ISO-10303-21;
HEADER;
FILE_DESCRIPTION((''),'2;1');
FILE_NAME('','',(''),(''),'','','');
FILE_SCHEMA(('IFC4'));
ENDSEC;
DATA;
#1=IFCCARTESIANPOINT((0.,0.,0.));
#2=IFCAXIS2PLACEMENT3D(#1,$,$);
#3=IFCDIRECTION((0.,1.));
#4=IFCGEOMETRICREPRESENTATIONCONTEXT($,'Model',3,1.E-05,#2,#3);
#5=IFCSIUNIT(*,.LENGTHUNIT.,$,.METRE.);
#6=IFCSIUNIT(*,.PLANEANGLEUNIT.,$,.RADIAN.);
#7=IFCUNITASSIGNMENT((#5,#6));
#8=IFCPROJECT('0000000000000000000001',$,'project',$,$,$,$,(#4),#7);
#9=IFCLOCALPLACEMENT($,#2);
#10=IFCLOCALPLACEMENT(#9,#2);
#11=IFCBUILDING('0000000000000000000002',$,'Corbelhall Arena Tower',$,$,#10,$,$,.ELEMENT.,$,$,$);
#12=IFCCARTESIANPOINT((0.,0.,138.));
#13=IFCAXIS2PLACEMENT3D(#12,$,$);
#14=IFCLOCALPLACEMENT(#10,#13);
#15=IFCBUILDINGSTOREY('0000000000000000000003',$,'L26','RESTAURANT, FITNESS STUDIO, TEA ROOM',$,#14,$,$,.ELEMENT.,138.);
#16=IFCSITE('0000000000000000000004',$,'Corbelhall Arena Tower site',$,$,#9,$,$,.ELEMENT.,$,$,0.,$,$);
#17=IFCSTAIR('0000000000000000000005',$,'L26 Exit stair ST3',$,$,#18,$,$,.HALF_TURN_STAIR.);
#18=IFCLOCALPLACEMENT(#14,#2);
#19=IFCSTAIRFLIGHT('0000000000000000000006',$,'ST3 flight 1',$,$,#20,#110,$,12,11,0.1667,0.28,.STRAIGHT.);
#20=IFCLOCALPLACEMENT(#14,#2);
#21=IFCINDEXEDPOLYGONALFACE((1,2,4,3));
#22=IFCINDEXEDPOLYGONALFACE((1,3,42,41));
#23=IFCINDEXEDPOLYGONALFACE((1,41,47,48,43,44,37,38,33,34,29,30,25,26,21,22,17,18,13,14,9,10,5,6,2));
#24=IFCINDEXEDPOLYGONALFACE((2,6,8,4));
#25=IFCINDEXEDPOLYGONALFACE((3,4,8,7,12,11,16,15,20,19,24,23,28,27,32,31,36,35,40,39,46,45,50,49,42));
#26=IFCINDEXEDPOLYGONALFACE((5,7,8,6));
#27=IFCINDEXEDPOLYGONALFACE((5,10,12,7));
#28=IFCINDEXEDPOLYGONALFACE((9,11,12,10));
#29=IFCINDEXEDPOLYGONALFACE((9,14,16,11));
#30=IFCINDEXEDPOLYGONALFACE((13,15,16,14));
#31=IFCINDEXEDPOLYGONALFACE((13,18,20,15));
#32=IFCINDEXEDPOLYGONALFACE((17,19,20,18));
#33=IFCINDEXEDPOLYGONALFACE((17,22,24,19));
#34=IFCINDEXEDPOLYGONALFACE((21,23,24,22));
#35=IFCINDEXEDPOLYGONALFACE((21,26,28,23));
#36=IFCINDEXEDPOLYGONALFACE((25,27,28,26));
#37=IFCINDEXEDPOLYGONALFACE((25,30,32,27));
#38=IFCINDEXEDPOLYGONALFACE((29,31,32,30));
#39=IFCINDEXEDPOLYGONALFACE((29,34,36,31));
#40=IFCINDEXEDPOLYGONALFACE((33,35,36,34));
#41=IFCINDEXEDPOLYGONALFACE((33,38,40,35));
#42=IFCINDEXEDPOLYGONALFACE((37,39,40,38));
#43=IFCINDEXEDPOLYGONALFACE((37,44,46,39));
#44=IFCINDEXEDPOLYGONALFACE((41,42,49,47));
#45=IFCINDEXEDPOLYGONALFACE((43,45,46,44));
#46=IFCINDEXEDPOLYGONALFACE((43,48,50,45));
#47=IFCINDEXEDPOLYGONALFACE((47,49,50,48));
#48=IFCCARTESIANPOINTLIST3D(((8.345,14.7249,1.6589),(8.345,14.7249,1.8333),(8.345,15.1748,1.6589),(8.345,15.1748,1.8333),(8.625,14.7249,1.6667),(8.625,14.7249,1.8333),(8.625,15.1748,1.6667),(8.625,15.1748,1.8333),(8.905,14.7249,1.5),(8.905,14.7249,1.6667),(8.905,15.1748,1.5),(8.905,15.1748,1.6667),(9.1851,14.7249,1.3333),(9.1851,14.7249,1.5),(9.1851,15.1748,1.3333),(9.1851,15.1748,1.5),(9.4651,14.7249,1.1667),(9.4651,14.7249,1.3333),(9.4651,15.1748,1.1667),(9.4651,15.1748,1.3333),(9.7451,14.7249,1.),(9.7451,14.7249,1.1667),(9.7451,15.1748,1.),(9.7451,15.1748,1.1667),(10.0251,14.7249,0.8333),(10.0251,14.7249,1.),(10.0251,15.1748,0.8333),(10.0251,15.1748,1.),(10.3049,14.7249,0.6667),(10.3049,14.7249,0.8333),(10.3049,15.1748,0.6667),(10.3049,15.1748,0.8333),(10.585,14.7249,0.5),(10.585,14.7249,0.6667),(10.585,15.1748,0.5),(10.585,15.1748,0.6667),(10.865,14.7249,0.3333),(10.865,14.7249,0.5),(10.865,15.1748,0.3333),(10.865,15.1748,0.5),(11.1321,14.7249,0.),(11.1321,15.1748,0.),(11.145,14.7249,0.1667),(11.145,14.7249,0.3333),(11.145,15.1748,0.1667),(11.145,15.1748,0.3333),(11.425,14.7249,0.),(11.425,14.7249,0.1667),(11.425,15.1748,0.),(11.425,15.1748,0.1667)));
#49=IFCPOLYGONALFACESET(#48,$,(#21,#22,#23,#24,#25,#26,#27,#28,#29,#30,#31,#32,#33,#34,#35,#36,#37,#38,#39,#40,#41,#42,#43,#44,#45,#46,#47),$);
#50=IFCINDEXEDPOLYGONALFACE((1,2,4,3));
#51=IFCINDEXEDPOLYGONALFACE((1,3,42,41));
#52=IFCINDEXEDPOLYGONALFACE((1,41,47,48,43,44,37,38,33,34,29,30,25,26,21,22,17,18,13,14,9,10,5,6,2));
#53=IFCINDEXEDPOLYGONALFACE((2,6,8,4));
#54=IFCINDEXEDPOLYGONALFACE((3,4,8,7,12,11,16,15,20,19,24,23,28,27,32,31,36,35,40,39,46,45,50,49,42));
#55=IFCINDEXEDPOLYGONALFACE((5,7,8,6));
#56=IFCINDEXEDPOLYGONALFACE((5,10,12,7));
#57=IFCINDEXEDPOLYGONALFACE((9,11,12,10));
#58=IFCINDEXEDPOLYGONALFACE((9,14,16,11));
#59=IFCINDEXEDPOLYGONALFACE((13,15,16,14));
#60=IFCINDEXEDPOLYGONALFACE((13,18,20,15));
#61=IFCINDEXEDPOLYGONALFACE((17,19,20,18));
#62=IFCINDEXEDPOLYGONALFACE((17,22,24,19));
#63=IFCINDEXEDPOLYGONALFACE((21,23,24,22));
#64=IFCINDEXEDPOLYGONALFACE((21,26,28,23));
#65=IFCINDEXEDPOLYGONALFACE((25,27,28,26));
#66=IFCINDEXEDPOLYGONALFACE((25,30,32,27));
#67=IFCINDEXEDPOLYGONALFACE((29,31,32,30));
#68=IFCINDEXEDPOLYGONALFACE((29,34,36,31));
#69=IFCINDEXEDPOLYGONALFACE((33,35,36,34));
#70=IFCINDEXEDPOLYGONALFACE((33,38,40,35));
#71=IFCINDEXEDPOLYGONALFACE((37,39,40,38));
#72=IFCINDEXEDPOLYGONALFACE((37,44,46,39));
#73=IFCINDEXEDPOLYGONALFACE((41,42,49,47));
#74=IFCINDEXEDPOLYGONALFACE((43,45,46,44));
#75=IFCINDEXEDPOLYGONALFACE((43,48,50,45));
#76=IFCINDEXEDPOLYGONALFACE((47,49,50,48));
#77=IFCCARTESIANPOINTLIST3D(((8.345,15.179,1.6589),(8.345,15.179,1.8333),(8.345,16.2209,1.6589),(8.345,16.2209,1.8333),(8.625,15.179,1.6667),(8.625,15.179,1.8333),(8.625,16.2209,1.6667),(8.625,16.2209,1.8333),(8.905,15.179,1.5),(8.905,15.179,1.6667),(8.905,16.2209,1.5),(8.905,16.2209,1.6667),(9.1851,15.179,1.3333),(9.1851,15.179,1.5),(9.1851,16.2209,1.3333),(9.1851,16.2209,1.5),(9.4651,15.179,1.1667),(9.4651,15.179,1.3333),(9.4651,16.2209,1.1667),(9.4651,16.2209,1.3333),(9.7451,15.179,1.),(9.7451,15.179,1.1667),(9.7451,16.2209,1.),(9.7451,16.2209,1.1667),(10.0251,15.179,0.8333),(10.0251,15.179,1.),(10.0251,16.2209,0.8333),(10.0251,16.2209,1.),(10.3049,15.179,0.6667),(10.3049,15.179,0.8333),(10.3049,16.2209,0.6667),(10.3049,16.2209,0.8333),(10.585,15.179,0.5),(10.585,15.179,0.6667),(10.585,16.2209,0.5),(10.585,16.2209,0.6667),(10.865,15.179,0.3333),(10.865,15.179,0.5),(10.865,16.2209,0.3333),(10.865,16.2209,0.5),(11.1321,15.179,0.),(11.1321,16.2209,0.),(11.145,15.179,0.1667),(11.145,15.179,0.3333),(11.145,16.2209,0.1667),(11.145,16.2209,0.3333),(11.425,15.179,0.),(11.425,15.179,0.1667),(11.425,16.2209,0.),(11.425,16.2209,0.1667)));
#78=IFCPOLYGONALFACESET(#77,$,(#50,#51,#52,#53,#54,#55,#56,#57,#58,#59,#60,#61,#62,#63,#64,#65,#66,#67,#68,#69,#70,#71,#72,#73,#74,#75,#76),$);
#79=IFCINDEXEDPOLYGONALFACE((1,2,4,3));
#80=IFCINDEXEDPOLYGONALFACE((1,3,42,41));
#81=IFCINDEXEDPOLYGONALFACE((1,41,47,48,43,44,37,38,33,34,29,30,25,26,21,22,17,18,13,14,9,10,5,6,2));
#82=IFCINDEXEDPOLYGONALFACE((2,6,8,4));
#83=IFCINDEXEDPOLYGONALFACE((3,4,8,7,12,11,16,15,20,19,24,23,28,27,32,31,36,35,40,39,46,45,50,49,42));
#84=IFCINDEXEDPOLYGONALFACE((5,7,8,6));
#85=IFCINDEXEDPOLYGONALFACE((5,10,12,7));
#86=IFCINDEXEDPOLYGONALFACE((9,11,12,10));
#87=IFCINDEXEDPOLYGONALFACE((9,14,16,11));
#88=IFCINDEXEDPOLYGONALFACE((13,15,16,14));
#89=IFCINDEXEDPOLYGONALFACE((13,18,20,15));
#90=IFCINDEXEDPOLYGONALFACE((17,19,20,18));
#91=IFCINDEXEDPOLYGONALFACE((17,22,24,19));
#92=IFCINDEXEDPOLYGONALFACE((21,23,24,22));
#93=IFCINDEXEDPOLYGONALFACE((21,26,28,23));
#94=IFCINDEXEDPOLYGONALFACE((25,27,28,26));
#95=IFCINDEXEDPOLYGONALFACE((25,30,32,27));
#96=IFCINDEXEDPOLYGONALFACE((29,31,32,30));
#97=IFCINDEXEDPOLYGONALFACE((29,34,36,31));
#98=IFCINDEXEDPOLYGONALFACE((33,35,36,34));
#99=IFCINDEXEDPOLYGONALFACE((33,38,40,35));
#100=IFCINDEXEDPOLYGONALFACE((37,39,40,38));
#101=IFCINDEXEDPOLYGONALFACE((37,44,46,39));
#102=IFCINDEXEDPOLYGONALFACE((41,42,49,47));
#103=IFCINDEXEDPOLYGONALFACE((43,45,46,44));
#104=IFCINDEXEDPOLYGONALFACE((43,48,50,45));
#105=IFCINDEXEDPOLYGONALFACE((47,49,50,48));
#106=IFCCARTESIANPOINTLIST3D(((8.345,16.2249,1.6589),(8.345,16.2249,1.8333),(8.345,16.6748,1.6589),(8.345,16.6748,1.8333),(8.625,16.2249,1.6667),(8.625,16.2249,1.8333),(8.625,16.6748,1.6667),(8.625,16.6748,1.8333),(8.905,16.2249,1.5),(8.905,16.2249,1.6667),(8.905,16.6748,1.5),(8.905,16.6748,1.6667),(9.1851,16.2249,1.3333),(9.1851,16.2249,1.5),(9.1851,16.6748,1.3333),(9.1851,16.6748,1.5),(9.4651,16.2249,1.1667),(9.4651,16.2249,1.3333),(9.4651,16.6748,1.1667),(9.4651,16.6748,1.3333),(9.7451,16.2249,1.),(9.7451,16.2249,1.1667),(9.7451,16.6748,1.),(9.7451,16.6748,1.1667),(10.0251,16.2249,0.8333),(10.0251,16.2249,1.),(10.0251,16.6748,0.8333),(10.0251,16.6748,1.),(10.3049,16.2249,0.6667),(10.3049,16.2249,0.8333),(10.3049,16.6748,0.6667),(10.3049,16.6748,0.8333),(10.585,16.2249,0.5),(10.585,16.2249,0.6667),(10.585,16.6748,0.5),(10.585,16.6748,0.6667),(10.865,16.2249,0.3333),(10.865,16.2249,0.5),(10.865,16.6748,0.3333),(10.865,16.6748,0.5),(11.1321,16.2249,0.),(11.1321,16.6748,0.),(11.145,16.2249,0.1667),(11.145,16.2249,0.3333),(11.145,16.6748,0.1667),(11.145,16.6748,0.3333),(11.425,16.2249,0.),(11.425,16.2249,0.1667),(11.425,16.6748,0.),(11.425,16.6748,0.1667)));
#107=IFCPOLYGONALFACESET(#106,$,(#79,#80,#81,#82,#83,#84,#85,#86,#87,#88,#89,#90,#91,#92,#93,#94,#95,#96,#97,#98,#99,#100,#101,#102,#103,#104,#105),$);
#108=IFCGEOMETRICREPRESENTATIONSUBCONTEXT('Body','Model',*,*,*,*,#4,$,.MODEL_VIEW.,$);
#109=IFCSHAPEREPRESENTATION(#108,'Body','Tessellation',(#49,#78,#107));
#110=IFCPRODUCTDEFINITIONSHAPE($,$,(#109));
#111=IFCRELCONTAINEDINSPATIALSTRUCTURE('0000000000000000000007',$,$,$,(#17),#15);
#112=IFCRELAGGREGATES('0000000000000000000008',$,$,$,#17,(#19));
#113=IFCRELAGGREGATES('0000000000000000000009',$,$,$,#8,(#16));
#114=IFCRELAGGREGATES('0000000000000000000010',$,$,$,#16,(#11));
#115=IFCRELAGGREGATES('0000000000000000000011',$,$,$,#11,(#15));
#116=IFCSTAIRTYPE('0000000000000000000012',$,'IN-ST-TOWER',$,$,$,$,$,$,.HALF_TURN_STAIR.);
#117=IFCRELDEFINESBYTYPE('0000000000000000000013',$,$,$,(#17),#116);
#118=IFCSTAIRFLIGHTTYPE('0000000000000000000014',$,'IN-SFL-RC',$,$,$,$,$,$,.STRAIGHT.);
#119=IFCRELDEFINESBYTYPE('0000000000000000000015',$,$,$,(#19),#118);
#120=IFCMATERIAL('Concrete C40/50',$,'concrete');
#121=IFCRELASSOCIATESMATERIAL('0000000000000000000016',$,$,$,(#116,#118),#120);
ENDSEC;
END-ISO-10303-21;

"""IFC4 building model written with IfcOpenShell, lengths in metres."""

from ifc_helpers import new_model, si_unit, direction, frame, origin, place, context, subcontext, project, spatial, polyline, outline, extrude, material, type_object, element, aggregate, save


model = new_model("IFC4")

# Units and contexts
model_context = context("Model", 3, precision=1e-05, world=origin(), true_north=direction((0.0, 1.0)))
body_context = subcontext(model_context, "Body", "Model", "MODEL_VIEW")
ifc_project = project(units=[si_unit("LENGTHUNIT", "METRE"), si_unit("PLANEANGLEUNIT", "RADIAN")], contexts=[model_context])

# Site, building, storey
site_placement = place(None, origin())
site = spatial("IfcSite", under=ifc_project, at=site_placement, Name="Corbelhall Arena Tower site", CompositionType="ELEMENT", RefElevation=0.0)
building_placement = place(site_placement, origin())
building = spatial("IfcBuilding", under=site, at=building_placement, Name="Corbelhall Arena Tower", CompositionType="ELEMENT")
storey_placement = place(building_placement, frame((0.0, 0.0, 138.0)))
storey = spatial("IfcBuildingStorey", under=building, at=storey_placement, Name="L26", Description="RESTAURANT, FITNESS STUDIO, TEA ROOM", CompositionType="ELEMENT", Elevation=138.0)

# Shared definitions
ifc_material_1 = material(Name="Concrete C40/50", Category="concrete")

# Stair, stair flight
stair_type = type_object("IfcStairType", Name="IN-ST-TOWER", PredefinedType="HALF_TURN_STAIR", material=ifc_material_1)
stair_placement = place(storey_placement, origin())
stair = element("IfcStair", 1, at=stair_placement, inside=storey, type_object=stair_type, Name="L26 Exit stair ST3", PredefinedType="HALF_TURN_STAIR")
stair_flight_type = type_object("IfcStairFlightType", Name="IN-SFL-RC", PredefinedType="STRAIGHT", material=ifc_material_1)
stair_flight_1_placement = place(storey_placement, frame((11.425, 15.7, 0.0), z_axis=(0.0, 0.0, 1.0), x_axis=(-1.0, 0.0, 0.0)))
stair_flight_1 = element("IfcStairFlight", 2, at=stair_flight_1_placement, type_object=stair_flight_type, Name="ST3 flight 1", NumberOfRisers=12, NumberOfTreads=11, PredefinedType="STRAIGHT", RiserHeight=0.1667, TreadLength=0.28, context=body_context, shape_type="SweptSolid", body=[
    extrude(outline(polyline([(0.0, 0.0), (0.0, 0.1667), (0.28, 0.1667), (0.28, 0.3333), (0.5601, 0.3333), (0.5601, 0.5), (0.8401, 0.5), (0.8401, 0.6667), (1.1201, 0.6667), (1.1201, 0.8333), (1.3999, 0.8333), (1.3999, 1.0), (1.6799, 1.0), (1.6799, 1.1667), (1.96, 1.1667), (1.96, 1.3333), (2.24, 1.3333), (2.24, 1.5), (2.52, 1.5), (2.52, 1.6667), (2.8, 1.6667), (2.8, 1.8333), (3.0801, 1.8333), (3.0801, 2.0), (3.0801, 1.6589), (0.293, 0.0), (0.0, 0.0)])), frame((0.0, 0.9751, 0.0), z_axis=(0.0, -1.0, 0.0), x_axis=(1.0, 0.0, 0.0)), (0.0, 0.0, 1.0), 0.45),
    extrude(outline(polyline([(0.0, 0.0), (0.0, 0.1667), (0.28, 0.1667), (0.28, 0.3333), (0.5601, 0.3333), (0.5601, 0.5), (0.8401, 0.5), (0.8401, 0.6667), (1.1201, 0.6667), (1.1201, 0.8333), (1.3999, 0.8333), (1.3999, 1.0), (1.6799, 1.0), (1.6799, 1.1667), (1.96, 1.1667), (1.96, 1.3333), (2.24, 1.3333), (2.24, 1.5), (2.52, 1.5), (2.52, 1.6667), (2.8, 1.6667), (2.8, 1.8333), (3.0801, 1.8333), (3.0801, 2.0), (3.0801, 1.6589), (0.293, 0.0), (0.0, 0.0)])), frame((0.0, 0.521, 0.0), z_axis=(0.0, -1.0, 0.0), x_axis=(1.0, 0.0, 0.0)), (0.0, 0.0, 1.0), 1.042),
    extrude(outline(polyline([(0.0, 0.0), (0.0, 0.1667), (0.28, 0.1667), (0.28, 0.3333), (0.5601, 0.3333), (0.5601, 0.5), (0.8401, 0.5), (0.8401, 0.6667), (1.1201, 0.6667), (1.1201, 0.8333), (1.3999, 0.8333), (1.3999, 1.0), (1.6799, 1.0), (1.6799, 1.1667), (1.96, 1.1667), (1.96, 1.3333), (2.24, 1.3333), (2.24, 1.5), (2.52, 1.5), (2.52, 1.6667), (2.8, 1.6667), (2.8, 1.8333), (3.0801, 1.8333), (3.0801, 2.0), (3.0801, 1.6589), (0.293, 0.0), (0.0, 0.0)])), frame((0.0, -0.5249, 0.0), z_axis=(0.0, -1.0, 0.0), x_axis=(1.0, 0.0, 0.0)), (0.0, 0.0, 1.0), 0.45),
])
aggregate(stair, [stair_flight_1])

save(model, "model.ifc")
